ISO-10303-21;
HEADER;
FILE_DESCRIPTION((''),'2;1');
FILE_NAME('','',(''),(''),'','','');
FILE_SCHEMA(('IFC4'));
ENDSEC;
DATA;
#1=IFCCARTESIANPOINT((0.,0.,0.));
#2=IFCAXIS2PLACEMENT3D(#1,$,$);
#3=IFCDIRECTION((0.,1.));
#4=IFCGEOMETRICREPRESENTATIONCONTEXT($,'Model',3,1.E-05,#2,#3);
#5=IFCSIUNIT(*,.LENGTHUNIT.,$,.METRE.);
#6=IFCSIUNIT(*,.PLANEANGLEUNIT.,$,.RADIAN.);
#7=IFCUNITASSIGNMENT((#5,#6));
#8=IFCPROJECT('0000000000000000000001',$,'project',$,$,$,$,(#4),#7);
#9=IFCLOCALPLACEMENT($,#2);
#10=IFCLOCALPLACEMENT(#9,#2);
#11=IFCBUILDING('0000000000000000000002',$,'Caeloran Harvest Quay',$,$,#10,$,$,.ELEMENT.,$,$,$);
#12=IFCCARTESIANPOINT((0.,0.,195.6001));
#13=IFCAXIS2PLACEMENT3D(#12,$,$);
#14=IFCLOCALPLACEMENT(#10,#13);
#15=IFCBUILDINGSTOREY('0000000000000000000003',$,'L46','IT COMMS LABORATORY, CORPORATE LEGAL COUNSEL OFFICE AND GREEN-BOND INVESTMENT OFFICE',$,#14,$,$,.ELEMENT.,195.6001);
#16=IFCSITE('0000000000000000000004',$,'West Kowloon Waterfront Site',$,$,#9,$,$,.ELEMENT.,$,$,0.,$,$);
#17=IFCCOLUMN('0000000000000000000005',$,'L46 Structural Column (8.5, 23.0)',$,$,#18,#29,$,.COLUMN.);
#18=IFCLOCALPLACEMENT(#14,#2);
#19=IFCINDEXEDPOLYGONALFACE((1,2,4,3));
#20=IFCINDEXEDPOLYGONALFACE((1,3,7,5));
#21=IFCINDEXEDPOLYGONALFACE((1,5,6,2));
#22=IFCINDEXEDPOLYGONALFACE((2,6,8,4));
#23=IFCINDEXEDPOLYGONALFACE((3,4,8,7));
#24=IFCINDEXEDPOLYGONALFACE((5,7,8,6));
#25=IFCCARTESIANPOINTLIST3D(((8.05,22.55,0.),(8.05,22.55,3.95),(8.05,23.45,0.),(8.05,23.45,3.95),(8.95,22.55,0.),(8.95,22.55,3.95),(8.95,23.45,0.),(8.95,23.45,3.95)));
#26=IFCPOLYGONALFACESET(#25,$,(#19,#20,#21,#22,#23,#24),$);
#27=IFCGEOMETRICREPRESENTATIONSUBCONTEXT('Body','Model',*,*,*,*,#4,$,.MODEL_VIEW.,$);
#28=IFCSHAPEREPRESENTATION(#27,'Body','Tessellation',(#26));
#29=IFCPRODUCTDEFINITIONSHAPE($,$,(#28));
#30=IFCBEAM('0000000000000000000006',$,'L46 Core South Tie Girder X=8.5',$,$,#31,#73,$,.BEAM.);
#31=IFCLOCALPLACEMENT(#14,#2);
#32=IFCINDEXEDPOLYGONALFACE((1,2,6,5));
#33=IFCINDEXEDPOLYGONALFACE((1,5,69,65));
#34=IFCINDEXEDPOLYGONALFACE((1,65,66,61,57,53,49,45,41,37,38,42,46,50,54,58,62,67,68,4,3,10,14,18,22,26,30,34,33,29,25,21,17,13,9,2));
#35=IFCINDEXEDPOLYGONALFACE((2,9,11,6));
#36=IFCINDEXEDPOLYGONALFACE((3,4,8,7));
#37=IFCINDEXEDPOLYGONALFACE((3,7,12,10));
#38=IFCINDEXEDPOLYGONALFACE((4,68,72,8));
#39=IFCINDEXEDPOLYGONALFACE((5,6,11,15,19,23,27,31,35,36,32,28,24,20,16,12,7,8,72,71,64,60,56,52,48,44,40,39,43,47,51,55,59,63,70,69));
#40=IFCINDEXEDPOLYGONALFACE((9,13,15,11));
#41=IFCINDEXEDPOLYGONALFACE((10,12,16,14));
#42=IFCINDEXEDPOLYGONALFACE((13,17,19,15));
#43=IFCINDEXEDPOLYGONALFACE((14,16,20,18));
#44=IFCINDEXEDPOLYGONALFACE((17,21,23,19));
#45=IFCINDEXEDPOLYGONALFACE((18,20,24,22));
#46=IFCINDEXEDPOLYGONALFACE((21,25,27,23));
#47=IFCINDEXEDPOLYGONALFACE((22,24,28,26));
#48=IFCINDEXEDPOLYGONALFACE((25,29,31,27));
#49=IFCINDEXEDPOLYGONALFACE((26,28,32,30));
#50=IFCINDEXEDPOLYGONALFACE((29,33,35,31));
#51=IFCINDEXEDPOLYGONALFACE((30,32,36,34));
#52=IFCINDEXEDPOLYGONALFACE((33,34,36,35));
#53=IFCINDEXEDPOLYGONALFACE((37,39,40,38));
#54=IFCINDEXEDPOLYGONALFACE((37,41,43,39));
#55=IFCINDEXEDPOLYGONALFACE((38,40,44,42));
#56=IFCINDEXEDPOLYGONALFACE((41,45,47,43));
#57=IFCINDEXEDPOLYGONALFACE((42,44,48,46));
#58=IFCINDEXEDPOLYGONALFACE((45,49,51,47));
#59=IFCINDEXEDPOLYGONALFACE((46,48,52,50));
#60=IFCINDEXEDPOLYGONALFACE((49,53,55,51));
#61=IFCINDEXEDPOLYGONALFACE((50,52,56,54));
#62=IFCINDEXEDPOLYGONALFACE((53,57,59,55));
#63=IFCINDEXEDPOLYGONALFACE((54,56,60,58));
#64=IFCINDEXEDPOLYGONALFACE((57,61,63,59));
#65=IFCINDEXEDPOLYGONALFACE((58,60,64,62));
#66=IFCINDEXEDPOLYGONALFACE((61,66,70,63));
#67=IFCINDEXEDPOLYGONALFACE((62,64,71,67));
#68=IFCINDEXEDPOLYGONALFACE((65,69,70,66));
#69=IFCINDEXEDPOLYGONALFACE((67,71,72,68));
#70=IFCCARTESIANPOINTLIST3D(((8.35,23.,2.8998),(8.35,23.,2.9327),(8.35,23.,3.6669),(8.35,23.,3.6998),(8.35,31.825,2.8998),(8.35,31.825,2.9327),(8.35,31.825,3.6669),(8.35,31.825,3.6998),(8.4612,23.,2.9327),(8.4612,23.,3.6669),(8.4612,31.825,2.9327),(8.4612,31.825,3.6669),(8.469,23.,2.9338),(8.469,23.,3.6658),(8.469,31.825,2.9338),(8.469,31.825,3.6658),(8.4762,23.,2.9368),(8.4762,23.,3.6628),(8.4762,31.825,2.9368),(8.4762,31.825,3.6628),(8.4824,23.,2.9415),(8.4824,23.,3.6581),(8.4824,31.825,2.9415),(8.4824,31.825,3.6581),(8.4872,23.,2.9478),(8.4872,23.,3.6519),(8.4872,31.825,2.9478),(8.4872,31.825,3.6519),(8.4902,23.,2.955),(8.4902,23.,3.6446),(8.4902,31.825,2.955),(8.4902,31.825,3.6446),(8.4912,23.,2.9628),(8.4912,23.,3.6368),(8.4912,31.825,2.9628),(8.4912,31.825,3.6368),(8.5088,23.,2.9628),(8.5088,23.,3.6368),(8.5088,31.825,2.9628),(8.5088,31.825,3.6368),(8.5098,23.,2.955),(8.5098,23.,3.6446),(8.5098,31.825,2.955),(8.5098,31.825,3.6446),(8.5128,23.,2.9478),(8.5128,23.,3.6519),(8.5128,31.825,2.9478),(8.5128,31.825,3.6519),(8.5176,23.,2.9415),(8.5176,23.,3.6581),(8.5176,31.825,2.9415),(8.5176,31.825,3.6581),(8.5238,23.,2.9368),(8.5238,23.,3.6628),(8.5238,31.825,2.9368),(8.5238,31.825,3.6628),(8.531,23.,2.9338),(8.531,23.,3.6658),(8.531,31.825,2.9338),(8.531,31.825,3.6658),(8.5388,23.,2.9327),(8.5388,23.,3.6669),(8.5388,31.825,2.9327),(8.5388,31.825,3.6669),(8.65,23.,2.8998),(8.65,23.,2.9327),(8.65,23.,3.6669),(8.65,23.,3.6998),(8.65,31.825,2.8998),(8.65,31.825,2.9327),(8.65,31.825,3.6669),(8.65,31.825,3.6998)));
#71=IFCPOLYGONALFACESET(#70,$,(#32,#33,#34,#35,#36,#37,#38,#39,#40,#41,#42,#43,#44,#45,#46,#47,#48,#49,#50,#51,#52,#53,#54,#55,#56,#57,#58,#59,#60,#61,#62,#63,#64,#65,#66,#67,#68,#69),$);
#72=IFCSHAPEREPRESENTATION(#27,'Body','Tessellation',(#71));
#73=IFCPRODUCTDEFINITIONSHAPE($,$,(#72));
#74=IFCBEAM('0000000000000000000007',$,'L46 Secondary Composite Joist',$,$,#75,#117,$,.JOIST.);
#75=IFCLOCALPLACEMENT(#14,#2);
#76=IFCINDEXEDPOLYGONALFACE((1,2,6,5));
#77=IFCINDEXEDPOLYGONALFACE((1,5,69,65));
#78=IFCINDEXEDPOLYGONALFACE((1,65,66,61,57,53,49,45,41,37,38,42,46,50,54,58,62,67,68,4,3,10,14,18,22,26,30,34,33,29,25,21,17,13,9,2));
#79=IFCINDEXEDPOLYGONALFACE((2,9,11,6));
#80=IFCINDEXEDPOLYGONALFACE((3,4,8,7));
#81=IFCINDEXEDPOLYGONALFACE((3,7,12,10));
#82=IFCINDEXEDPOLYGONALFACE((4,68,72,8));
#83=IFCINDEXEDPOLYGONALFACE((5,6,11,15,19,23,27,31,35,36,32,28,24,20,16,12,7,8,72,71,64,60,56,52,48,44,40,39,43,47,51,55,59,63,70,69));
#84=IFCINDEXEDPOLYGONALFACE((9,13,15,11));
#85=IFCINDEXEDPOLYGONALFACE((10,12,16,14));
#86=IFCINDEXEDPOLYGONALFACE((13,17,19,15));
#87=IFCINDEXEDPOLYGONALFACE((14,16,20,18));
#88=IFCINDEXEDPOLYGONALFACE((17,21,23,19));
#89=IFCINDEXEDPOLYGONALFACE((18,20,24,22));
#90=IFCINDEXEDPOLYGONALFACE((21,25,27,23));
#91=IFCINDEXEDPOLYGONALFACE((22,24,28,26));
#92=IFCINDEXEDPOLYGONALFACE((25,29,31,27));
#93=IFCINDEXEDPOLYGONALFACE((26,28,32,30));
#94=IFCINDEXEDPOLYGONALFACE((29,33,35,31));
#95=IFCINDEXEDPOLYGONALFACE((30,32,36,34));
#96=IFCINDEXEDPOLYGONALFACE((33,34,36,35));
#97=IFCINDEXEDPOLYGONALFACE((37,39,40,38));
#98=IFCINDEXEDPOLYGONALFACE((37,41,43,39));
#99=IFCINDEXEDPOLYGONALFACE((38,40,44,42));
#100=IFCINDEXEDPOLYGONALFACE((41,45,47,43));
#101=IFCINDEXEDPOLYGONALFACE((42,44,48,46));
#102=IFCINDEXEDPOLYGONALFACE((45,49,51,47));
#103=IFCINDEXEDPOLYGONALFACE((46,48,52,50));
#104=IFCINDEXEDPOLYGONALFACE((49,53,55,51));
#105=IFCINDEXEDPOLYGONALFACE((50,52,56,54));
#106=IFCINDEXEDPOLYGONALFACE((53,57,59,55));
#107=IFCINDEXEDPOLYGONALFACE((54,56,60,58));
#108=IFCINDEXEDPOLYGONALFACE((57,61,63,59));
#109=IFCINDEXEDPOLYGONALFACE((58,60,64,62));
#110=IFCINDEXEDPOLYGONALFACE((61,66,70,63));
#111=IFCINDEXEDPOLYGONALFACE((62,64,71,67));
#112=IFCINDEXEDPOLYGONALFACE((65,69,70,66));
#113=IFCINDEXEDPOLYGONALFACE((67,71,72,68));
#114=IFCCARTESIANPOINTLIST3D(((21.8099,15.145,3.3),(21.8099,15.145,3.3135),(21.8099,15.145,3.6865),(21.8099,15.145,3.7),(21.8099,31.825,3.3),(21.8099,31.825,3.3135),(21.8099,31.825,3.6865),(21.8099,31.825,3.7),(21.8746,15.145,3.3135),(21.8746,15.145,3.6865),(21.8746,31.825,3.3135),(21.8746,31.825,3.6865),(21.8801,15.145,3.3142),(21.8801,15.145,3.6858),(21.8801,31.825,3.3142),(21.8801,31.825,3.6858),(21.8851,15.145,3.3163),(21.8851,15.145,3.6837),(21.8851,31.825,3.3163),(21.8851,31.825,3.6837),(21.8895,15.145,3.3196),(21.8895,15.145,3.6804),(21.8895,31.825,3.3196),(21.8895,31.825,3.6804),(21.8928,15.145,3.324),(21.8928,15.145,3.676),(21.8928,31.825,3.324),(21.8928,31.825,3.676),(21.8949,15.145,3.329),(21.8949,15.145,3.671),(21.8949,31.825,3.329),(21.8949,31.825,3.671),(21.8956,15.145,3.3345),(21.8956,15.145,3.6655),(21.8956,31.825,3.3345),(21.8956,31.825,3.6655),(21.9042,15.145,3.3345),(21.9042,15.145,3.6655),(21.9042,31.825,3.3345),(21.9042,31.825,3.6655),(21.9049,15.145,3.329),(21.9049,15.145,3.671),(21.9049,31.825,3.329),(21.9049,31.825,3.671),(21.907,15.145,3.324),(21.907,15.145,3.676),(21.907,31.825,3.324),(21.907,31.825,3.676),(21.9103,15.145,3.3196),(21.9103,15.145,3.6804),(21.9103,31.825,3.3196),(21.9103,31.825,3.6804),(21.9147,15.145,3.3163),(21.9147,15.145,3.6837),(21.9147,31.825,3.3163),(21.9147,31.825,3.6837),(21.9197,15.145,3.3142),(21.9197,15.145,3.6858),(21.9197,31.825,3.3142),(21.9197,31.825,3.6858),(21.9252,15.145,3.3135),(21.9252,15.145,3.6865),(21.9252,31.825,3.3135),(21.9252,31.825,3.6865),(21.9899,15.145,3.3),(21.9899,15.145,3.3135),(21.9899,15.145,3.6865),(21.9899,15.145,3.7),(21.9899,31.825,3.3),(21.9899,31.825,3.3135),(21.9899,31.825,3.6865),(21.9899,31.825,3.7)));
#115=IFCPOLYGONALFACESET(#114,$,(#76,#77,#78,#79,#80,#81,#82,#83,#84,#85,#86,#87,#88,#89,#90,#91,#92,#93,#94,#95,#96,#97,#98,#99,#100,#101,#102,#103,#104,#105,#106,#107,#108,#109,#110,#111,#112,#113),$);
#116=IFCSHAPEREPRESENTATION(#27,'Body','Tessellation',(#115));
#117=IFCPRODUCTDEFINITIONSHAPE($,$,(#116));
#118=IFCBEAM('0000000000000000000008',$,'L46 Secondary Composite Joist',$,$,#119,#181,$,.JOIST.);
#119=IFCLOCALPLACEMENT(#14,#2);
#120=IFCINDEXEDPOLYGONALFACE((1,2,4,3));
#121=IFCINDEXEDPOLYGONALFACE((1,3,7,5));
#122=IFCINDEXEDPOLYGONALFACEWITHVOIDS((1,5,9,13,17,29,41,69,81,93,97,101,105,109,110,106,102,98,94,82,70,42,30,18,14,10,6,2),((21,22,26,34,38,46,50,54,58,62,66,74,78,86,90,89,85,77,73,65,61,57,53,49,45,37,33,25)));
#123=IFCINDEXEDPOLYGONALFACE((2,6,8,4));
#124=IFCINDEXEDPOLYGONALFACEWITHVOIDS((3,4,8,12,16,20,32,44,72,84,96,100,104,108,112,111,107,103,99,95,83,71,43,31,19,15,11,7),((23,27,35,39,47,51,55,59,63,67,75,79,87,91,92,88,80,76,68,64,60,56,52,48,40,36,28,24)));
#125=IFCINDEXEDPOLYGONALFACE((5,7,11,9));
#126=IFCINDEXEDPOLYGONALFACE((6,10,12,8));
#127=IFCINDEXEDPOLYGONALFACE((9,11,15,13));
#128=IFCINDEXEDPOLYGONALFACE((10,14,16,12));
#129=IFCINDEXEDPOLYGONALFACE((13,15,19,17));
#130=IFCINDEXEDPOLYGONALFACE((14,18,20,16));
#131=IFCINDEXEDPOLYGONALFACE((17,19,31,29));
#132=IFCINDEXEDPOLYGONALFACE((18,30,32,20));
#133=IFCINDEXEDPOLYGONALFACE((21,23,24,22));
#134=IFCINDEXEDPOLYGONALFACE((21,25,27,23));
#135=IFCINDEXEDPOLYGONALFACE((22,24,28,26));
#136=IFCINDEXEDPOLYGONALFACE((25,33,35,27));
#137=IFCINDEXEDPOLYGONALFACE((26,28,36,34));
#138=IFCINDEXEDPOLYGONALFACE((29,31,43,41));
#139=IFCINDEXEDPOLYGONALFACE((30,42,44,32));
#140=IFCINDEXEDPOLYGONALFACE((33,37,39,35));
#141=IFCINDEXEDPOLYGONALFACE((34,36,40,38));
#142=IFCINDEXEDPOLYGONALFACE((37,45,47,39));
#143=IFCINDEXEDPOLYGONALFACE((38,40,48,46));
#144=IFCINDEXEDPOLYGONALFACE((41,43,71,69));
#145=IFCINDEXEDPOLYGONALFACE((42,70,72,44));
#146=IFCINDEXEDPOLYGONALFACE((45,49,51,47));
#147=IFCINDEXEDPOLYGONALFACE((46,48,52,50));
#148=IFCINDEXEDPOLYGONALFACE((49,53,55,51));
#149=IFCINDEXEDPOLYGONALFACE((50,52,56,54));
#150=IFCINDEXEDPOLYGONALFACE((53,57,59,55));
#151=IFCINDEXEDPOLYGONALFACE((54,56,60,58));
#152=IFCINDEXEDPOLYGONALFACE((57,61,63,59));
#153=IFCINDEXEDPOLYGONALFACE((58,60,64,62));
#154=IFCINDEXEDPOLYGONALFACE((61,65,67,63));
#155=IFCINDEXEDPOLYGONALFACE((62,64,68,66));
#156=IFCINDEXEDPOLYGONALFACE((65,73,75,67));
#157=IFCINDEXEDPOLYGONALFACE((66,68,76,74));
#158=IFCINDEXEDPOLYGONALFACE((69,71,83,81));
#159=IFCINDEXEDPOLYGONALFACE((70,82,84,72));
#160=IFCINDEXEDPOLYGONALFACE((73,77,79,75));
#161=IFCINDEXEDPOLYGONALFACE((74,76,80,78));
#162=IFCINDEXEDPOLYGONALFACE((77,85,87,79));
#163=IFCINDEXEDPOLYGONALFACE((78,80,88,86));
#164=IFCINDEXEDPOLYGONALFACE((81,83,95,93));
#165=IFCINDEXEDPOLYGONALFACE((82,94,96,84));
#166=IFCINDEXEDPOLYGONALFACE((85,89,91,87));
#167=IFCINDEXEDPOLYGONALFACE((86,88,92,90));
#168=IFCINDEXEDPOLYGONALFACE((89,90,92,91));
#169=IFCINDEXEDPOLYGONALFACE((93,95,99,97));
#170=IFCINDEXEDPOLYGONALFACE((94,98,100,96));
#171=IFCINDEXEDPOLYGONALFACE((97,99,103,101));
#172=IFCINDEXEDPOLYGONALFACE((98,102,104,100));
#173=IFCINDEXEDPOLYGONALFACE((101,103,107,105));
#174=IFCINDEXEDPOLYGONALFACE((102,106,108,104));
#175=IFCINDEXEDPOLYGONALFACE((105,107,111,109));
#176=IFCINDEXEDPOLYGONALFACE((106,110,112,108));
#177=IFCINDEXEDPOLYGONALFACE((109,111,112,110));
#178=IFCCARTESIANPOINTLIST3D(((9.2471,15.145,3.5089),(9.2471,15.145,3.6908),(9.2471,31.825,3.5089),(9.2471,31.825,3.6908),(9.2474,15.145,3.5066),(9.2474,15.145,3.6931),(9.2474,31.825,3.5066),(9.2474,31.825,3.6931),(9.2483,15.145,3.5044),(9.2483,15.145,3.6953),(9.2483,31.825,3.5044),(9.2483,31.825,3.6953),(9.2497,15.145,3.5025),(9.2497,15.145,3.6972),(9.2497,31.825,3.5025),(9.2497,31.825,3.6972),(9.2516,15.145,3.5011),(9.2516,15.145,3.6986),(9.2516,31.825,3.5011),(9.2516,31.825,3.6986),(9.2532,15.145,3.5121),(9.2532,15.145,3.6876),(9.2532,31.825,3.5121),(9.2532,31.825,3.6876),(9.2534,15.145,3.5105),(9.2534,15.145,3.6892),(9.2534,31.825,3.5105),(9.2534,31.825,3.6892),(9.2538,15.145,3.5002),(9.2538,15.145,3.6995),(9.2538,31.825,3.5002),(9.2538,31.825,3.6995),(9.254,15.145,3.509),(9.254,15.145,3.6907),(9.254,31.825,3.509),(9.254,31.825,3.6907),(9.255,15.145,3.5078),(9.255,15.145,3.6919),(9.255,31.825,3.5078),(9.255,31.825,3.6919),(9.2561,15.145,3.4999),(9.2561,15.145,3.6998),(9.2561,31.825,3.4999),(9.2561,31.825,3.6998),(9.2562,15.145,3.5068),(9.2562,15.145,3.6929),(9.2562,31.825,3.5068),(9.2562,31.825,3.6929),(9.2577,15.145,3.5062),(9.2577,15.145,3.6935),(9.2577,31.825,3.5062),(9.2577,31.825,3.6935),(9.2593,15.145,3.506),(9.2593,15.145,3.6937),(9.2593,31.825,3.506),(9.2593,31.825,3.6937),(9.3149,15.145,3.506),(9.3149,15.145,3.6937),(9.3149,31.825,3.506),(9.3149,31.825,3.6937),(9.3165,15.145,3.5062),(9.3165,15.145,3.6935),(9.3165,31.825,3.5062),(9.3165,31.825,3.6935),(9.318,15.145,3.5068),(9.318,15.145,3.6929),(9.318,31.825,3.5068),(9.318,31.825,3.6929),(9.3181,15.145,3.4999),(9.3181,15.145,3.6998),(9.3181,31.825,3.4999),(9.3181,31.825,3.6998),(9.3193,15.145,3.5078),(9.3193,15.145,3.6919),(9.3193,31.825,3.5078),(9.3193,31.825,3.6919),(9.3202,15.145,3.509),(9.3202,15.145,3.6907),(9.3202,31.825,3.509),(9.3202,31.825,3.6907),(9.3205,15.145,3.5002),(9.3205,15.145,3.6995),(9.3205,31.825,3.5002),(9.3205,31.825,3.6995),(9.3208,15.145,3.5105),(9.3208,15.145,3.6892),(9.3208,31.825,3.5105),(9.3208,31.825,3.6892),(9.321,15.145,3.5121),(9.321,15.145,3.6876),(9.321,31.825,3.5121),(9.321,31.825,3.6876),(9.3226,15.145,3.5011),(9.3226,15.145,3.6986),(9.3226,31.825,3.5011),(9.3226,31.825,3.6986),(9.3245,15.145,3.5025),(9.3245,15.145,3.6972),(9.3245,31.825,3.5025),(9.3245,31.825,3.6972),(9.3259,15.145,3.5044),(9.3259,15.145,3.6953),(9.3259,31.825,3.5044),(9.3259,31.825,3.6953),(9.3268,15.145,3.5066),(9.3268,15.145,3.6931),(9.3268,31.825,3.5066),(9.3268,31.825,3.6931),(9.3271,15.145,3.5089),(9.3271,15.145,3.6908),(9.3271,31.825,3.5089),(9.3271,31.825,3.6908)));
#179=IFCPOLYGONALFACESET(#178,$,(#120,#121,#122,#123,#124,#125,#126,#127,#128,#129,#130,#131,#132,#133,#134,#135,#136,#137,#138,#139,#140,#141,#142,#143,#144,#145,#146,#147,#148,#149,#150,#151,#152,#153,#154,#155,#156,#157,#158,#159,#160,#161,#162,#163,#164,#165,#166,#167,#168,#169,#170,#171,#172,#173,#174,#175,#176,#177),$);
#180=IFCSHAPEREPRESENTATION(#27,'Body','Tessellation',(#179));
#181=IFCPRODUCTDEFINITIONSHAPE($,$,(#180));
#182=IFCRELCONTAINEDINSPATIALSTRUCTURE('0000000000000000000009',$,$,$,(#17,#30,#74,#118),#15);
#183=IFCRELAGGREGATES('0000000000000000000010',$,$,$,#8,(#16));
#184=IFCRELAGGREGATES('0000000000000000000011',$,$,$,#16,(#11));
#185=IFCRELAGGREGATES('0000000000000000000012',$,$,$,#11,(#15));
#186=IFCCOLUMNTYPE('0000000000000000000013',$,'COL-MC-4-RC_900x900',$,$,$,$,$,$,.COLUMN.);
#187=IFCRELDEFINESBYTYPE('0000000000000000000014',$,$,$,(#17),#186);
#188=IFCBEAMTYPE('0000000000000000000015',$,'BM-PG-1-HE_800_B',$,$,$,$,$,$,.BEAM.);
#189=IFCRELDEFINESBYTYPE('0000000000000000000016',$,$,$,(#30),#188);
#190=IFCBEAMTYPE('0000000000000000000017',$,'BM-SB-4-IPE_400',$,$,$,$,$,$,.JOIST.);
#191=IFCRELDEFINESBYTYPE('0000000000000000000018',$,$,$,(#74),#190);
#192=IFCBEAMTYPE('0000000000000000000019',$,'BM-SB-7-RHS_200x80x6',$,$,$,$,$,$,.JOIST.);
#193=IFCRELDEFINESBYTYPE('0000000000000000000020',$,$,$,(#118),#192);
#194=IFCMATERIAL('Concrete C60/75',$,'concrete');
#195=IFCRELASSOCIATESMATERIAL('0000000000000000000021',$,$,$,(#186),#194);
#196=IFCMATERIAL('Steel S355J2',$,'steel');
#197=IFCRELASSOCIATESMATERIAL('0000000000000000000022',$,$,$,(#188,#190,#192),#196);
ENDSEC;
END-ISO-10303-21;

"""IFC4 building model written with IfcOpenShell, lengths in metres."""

from ifc_helpers import new_model, si_unit, direction, frame, origin, origin_2d, place, context, subcontext, project, spatial, rectangle, hollow_rectangle, i_section, extrude, material, material_profile, profile_set, type_object, element, save


model = new_model("IFC4")

# Units and contexts
model_context = context("Model", 3, precision=1e-05, world=origin(), true_north=direction((0.0, 1.0)))
body_context = subcontext(model_context, "Body", "Model", "MODEL_VIEW")
ifc_project = project(units=[si_unit("LENGTHUNIT", "METRE"), si_unit("PLANEANGLEUNIT", "RADIAN")], contexts=[model_context])

# Site, building, storey
site_placement = place(None, origin())
site = spatial("IfcSite", under=ifc_project, at=site_placement, Name="West Kowloon Waterfront Site", CompositionType="ELEMENT", RefElevation=0.0)
building_placement = place(site_placement, origin())
building = spatial("IfcBuilding", under=site, at=building_placement, Name="Caeloran Harvest Quay", CompositionType="ELEMENT")
storey_placement = place(building_placement, frame((0.0, 0.0, 195.6001)))
storey = spatial("IfcBuildingStorey", under=building, at=storey_placement, Name="L46", Description="IT COMMS LABORATORY, CORPORATE LEGAL COUNSEL OFFICE AND GREEN-BOND INVESTMENT OFFICE", CompositionType="ELEMENT", Elevation=195.6001)

# Column
ifc_material_1 = material(Name="Concrete C60/75", Category="concrete")
ifc_material_profile_1 = material_profile(ifc_material_1, rectangle(XDim=0.8999, YDim=0.8999, at=origin_2d()), Name="RC 900x900")
ifc_profile_set_1 = profile_set([ifc_material_profile_1], Name="Concrete C60/75")
column_type = type_object("IfcColumnType", Name="COL-MC-4-RC_900x900", PredefinedType="COLUMN", material=ifc_profile_set_1)
column_placement = place(storey_placement, frame((8.5, 23.0, 0.0), z_axis=(0.0, 0.0, 1.0), x_axis=(1.0, 0.0, 0.0)))
element("IfcColumn", 1, at=column_placement, inside=storey, type_object=column_type, Name="L46 Structural Column (8.5, 23.0)", PredefinedType="COLUMN", context=body_context, shape_type="SweptSolid", body=[
    extrude(rectangle(XDim=0.8999, YDim=0.8999, at=origin_2d()), origin(), (0.0, 0.0, 1.0), 3.95),
])

# Beams
ifc_material_2 = material(Name="Steel S355J2", Category="steel")
ifc_material_profile_2 = material_profile(ifc_material_2, i_section(OverallWidth=0.3, OverallDepth=0.8, WebThickness=0.0176, FlangeThickness=0.033, FilletRadius=0.03, at=origin_2d()), Name="HE 800 B")
ifc_profile_set_2 = profile_set([ifc_material_profile_2], Name="Steel S355J2")
beam_type_1 = type_object("IfcBeamType", Name="BM-PG-1-HE_800_B", PredefinedType="BEAM", material=ifc_profile_set_2)
beam_1_placement = place(storey_placement, frame((8.5, 23.0, 3.2998), z_axis=(0.0, 1.0, 0.0), x_axis=(-1.0, 0.0, 0.0)))
element("IfcBeam", 2, at=beam_1_placement, inside=storey, type_object=beam_type_1, Name="L46 Core South Tie Girder X=8.5", PredefinedType="BEAM", context=body_context, shape_type="SweptSolid", body=[
    extrude(i_section(OverallWidth=0.3, OverallDepth=0.8, WebThickness=0.0176, FlangeThickness=0.033, FilletRadius=0.03, at=origin_2d()), origin(), (0.0, 0.0, 1.0), 8.825),
])
ifc_material_profile_3 = material_profile(ifc_material_2, i_section(OverallWidth=0.1799, OverallDepth=0.3999, WebThickness=0.0085, FlangeThickness=0.0134, FilletRadius=0.021, at=origin_2d()), Name="IPE 400")
ifc_profile_set_3 = profile_set([ifc_material_profile_3], Name="Steel S355J2")
beam_type_2 = type_object("IfcBeamType", Name="BM-SB-4-IPE_400", PredefinedType="JOIST", material=ifc_profile_set_3)
beam_2_placement = place(storey_placement, frame((21.8999, 15.145, 3.5), z_axis=(0.0, 1.0, 0.0), x_axis=(-1.0, 0.0, 0.0)))
element("IfcBeam", 3, at=beam_2_placement, inside=storey, type_object=beam_type_2, Name="L46 Secondary Composite Joist", PredefinedType="JOIST", context=body_context, shape_type="SweptSolid", body=[
    extrude(i_section(OverallWidth=0.1799, OverallDepth=0.3999, WebThickness=0.0085, FlangeThickness=0.0134, FilletRadius=0.021, at=origin_2d()), origin(), (0.0, 0.0, 1.0), 16.6799),
])
ifc_material_profile_4 = material_profile(ifc_material_2, hollow_rectangle(XDim=0.0801, YDim=0.2, WallThickness=0.0061, InnerFilletRadius=0.0061, OuterFilletRadius=0.009, at=origin_2d()), Name="RHS 200x80x6")
ifc_profile_set_4 = profile_set([ifc_material_profile_4], Name="Steel S355J2")
beam_type_3 = type_object("IfcBeamType", Name="BM-SB-7-RHS_200x80x6", PredefinedType="JOIST", material=ifc_profile_set_4)
beam_3_placement = place(storey_placement, frame((9.2871, 15.145, 3.5999), z_axis=(0.0, 1.0, 0.0), x_axis=(-1.0, 0.0, 0.0)))
element("IfcBeam", 4, at=beam_3_placement, inside=storey, type_object=beam_type_3, Name="L46 Secondary Composite Joist", PredefinedType="JOIST", context=body_context, shape_type="SweptSolid", body=[
    extrude(hollow_rectangle(XDim=0.0801, YDim=0.2, WallThickness=0.0061, InnerFilletRadius=0.0061, OuterFilletRadius=0.009, at=origin_2d()), origin(), (0.0, 0.0, 1.0), 16.6799),
])

save(model, "model.ifc")
